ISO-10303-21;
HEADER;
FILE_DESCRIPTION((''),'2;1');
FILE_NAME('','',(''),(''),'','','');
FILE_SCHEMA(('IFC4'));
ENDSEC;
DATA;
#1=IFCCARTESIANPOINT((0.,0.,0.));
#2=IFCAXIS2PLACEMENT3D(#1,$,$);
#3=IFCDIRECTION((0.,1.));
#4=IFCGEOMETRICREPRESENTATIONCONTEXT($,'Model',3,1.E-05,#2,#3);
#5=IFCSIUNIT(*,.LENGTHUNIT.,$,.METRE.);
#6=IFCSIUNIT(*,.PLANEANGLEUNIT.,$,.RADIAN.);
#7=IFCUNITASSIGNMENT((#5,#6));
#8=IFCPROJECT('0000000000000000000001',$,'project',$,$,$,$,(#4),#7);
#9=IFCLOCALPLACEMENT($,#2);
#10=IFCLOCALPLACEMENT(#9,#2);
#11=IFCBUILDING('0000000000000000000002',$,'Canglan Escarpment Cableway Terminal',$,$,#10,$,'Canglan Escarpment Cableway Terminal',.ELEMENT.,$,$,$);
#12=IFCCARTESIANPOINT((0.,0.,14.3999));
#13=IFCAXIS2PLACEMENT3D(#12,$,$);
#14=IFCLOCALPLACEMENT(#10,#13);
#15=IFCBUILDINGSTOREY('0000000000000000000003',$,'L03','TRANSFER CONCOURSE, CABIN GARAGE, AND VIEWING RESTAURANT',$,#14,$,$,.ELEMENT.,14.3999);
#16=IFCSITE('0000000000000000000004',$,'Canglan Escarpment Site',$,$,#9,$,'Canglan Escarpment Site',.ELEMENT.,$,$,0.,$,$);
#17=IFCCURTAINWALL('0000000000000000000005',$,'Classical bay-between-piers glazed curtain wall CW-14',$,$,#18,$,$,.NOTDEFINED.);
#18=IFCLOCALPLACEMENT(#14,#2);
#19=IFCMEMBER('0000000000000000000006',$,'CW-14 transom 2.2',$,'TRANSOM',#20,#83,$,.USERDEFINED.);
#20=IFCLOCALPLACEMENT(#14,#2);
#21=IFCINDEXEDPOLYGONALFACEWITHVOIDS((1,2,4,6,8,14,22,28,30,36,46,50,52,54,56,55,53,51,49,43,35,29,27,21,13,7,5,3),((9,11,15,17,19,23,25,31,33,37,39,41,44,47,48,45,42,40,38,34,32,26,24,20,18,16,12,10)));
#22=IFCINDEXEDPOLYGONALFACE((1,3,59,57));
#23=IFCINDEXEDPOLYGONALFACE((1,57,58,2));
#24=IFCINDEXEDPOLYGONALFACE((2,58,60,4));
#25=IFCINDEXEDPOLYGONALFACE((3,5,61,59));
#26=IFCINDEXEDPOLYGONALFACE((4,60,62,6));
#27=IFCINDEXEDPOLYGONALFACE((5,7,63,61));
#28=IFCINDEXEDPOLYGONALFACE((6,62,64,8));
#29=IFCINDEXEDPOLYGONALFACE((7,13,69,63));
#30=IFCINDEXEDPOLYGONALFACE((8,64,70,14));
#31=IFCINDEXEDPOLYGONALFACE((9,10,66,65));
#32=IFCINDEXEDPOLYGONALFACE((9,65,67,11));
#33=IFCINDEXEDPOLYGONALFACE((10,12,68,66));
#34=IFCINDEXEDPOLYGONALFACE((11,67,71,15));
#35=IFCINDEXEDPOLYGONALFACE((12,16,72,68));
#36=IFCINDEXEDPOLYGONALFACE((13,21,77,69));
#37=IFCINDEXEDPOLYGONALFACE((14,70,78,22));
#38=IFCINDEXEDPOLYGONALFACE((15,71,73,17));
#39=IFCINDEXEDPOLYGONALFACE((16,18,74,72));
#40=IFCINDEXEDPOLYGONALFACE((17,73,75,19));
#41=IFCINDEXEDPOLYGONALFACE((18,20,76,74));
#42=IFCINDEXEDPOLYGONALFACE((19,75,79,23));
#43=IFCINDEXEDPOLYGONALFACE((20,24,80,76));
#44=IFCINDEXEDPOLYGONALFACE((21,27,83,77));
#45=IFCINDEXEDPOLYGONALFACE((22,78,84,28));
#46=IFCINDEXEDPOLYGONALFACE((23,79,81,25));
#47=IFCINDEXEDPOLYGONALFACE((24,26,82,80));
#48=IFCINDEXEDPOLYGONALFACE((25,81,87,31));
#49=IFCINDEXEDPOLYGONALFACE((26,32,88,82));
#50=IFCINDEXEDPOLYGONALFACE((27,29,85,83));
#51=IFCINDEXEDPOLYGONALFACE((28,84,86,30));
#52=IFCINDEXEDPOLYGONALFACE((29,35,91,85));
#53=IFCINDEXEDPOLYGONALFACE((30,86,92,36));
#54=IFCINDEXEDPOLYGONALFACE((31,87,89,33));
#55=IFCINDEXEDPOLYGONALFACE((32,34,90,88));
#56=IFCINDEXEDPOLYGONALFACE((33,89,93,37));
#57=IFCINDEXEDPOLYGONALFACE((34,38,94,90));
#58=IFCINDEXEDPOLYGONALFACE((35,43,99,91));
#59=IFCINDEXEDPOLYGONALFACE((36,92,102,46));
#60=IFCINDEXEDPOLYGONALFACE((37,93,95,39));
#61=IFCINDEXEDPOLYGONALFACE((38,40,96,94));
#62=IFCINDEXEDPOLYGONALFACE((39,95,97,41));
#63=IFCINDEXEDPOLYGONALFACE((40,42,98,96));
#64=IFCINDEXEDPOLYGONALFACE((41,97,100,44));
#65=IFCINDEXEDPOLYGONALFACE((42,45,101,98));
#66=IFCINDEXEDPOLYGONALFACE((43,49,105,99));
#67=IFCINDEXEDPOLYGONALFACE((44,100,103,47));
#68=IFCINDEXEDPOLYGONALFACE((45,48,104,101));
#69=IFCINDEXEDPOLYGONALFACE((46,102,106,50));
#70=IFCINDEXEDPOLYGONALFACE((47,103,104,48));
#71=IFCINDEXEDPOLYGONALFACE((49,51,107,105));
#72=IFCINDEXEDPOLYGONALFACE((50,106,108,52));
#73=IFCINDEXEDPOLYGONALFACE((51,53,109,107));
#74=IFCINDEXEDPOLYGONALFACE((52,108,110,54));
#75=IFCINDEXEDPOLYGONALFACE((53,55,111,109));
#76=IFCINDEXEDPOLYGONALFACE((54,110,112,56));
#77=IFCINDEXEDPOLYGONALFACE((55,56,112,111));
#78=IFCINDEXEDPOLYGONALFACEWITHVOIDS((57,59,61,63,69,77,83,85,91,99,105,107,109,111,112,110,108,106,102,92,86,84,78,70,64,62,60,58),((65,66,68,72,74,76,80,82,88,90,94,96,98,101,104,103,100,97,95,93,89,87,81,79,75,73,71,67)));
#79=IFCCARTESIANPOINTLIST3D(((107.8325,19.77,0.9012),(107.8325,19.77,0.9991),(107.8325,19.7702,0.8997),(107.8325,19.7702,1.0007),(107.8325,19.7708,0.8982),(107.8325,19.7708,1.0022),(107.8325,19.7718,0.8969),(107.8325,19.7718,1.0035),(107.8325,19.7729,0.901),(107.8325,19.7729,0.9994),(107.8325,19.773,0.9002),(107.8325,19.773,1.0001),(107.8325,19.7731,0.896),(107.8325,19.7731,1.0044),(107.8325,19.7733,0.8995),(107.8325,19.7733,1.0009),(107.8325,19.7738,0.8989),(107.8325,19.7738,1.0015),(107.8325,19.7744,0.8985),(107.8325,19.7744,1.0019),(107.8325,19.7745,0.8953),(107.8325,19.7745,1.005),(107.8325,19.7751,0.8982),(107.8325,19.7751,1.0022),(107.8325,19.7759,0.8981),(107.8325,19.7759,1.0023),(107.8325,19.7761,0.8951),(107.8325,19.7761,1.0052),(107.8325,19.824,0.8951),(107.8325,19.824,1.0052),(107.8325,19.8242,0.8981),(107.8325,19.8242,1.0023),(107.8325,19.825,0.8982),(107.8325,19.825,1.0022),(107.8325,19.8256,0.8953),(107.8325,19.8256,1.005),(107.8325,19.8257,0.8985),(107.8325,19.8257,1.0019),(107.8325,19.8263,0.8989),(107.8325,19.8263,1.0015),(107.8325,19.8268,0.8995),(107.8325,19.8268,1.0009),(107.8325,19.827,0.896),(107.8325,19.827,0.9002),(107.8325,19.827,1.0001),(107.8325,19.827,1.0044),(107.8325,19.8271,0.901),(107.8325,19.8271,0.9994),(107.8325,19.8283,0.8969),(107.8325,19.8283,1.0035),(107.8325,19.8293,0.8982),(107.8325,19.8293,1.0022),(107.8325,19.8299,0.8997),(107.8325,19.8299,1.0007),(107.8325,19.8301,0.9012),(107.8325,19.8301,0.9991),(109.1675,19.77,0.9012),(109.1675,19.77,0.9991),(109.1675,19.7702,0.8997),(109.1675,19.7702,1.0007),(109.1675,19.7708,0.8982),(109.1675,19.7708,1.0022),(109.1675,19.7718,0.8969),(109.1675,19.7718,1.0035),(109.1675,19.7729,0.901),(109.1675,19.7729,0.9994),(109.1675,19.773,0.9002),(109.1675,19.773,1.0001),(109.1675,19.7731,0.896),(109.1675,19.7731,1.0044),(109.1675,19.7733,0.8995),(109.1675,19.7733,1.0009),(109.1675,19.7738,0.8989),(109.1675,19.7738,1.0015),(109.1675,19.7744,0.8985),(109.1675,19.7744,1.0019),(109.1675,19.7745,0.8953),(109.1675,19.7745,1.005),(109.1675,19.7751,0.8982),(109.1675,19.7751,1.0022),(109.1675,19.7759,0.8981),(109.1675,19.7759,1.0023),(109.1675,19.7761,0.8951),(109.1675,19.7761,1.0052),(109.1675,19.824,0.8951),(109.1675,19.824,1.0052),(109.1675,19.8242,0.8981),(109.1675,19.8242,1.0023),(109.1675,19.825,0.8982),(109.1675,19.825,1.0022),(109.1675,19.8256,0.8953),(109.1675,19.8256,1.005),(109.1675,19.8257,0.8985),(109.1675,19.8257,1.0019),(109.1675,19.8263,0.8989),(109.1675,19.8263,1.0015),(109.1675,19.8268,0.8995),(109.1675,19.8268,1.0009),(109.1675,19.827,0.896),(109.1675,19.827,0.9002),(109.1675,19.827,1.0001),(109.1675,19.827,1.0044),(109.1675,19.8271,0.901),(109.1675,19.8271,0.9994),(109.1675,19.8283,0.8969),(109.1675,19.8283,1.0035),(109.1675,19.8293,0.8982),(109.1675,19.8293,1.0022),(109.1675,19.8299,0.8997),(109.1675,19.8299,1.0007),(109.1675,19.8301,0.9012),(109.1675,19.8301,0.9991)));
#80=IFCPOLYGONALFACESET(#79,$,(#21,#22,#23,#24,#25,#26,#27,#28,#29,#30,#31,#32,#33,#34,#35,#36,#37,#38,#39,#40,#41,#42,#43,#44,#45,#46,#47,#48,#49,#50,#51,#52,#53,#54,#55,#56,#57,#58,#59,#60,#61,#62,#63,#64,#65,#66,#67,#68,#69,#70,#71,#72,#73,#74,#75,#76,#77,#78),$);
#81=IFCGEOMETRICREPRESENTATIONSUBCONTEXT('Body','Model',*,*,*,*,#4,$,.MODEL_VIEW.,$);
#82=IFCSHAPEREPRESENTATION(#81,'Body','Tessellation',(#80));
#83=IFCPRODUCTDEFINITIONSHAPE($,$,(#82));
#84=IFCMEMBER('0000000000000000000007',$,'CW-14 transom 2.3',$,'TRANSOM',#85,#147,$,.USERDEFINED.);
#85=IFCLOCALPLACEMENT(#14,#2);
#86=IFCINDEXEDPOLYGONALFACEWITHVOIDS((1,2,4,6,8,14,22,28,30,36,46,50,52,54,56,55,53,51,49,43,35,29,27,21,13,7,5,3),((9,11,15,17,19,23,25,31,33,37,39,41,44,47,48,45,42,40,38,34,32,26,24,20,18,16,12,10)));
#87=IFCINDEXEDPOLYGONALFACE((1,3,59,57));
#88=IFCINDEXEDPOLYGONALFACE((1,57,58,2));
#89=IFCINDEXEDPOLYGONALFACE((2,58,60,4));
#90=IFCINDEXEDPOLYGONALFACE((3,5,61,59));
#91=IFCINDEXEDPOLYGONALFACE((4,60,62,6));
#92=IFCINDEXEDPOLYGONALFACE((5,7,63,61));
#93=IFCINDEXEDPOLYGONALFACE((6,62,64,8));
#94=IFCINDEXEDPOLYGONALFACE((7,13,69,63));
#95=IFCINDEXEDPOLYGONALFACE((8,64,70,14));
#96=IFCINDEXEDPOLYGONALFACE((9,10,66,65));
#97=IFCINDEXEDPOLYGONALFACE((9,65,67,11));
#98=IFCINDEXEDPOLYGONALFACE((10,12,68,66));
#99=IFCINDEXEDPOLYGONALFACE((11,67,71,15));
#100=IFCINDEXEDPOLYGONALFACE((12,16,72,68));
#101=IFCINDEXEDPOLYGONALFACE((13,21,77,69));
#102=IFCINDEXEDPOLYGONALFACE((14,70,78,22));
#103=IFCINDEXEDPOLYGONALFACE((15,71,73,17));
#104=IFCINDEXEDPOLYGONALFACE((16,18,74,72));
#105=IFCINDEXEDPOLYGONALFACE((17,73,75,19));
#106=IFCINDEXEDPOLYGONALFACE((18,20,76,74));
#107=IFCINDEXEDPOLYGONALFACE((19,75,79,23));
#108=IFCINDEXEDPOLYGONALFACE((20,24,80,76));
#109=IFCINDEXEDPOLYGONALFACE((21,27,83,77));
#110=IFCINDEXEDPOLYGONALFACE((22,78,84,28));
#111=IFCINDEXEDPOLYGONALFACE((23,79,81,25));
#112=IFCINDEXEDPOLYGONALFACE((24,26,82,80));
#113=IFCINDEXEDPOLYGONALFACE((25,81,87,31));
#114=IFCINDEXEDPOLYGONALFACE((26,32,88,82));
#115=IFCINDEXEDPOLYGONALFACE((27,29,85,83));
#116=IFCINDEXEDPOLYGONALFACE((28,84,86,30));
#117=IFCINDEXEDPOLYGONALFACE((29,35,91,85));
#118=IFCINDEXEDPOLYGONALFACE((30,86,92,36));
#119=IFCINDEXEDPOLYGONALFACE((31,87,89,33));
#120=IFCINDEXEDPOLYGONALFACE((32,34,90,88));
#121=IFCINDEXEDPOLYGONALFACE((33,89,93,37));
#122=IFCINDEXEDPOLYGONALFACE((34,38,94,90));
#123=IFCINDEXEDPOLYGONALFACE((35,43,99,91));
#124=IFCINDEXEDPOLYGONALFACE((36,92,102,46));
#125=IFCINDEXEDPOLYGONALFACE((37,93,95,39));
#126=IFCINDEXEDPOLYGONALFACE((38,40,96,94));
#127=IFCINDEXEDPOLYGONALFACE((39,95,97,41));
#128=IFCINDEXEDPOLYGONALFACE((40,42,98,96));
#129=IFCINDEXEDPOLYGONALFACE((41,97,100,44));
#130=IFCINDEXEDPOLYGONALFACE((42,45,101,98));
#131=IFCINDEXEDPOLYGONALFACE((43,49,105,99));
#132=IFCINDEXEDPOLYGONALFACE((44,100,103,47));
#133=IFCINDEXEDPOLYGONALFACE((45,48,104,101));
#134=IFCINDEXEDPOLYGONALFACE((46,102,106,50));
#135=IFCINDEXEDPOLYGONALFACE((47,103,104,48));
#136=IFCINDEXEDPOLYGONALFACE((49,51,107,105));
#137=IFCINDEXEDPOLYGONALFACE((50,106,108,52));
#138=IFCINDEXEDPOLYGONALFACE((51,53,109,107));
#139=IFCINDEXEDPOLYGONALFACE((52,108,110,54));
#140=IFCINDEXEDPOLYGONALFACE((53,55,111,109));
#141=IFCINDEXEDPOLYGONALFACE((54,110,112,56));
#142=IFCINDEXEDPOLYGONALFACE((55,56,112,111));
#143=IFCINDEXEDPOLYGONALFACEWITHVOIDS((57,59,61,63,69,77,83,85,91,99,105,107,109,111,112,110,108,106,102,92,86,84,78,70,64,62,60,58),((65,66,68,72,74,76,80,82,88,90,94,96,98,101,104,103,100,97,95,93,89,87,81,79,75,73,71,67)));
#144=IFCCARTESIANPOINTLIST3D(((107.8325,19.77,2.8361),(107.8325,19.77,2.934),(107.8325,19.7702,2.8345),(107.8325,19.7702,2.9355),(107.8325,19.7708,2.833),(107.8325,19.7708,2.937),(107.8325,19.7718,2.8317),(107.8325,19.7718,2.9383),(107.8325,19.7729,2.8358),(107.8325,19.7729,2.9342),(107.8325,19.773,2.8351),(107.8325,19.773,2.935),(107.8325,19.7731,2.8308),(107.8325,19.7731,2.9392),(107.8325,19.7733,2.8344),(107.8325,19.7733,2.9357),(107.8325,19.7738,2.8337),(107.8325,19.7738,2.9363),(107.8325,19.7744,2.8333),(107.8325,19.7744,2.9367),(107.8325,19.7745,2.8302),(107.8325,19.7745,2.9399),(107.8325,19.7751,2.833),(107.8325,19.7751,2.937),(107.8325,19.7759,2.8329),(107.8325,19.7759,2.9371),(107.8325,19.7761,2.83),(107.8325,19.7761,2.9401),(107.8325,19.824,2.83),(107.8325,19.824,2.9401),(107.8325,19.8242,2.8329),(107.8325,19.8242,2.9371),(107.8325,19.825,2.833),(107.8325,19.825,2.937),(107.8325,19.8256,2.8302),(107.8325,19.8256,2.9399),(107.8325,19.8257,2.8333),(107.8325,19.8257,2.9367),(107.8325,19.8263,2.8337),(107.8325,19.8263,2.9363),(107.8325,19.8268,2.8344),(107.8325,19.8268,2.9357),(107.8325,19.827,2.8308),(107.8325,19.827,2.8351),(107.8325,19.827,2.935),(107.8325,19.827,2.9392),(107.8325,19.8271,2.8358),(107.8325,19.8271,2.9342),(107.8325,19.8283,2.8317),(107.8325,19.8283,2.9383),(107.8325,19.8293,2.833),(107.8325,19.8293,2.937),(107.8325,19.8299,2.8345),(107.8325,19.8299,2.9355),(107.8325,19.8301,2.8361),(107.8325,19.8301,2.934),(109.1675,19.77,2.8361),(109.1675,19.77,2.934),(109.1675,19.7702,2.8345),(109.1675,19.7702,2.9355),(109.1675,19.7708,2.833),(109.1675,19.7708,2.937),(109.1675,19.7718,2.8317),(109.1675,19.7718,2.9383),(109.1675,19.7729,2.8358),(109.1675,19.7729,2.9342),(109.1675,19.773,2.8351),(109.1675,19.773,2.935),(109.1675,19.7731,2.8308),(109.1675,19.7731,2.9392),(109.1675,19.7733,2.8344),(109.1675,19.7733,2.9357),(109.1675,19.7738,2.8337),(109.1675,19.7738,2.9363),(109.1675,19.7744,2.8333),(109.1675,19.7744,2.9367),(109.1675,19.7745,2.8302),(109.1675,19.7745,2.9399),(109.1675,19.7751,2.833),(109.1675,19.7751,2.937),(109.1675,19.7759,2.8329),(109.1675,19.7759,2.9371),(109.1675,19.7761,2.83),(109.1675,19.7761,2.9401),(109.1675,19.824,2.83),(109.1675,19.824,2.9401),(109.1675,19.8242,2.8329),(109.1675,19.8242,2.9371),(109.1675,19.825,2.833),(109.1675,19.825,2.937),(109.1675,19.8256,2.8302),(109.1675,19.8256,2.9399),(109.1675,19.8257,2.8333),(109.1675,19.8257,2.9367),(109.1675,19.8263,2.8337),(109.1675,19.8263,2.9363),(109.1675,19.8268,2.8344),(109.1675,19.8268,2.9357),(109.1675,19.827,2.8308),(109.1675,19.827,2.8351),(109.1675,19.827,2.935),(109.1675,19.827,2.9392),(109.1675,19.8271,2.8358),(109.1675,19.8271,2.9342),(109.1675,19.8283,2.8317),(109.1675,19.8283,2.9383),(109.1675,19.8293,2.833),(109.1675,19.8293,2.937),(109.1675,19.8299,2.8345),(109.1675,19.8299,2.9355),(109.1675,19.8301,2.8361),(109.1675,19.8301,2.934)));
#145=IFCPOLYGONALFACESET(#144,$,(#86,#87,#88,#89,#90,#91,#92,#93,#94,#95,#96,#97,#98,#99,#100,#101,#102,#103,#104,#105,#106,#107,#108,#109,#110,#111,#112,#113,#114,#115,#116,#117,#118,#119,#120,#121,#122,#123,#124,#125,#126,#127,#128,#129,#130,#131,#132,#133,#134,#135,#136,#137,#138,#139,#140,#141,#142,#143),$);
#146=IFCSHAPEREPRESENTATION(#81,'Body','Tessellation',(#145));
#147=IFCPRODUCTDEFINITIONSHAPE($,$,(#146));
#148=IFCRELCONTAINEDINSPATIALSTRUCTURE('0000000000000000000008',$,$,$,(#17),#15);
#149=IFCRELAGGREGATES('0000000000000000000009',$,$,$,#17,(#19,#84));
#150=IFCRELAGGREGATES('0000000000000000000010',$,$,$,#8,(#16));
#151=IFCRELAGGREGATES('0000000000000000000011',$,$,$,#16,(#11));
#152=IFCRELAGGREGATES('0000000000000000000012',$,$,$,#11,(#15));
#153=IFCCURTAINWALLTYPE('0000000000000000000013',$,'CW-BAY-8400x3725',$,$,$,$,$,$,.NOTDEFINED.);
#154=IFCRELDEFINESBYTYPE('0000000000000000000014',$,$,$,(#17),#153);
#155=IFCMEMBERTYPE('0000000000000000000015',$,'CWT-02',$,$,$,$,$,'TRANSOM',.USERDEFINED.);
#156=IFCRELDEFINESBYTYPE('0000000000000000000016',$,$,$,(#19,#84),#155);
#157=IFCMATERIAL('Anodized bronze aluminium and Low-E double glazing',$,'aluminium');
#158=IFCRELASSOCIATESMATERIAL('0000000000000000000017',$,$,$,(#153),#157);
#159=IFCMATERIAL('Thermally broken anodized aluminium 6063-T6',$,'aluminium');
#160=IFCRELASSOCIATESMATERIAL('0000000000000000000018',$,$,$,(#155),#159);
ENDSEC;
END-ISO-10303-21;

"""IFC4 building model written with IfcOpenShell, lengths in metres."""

from ifc_helpers import new_model, si_unit, direction, frame, origin, origin_2d, place, context, subcontext, project, spatial, hollow_rectangle, extrude, material, material_profile, profile_set, type_object, element, aggregate, save


model = new_model("IFC4")

# Units and contexts
model_context = context("Model", 3, precision=1e-05, world=origin(), true_north=direction((0.0, 1.0)))
body_context = subcontext(model_context, "Body", "Model", "MODEL_VIEW")
ifc_project = project(units=[si_unit("LENGTHUNIT", "METRE"), si_unit("PLANEANGLEUNIT", "RADIAN")], contexts=[model_context])

# Site, building, storey
site_placement = place(None, origin())
site = spatial("IfcSite", under=ifc_project, at=site_placement, Name="Canglan Escarpment Site", LongName="Canglan Escarpment Site", CompositionType="ELEMENT", RefElevation=0.0)
building_placement = place(site_placement, origin())
building = spatial("IfcBuilding", under=site, at=building_placement, Name="Canglan Escarpment Cableway Terminal", LongName="Canglan Escarpment Cableway Terminal", CompositionType="ELEMENT")
storey_placement = place(building_placement, frame((0.0, 0.0, 14.3999)))
storey = spatial("IfcBuildingStorey", under=building, at=storey_placement, Name="L03", Description="TRANSFER CONCOURSE, CABIN GARAGE, AND VIEWING RESTAURANT", CompositionType="ELEMENT", Elevation=14.3999)

# Curtain wall, members
ifc_material_1 = material(Name="Anodized bronze aluminium and Low-E double glazing", Category="aluminium")
curtain_wall_type = type_object("IfcCurtainWallType", Name="CW-BAY-8400x3725", PredefinedType="NOTDEFINED", material=ifc_material_1)
curtain_wall_placement = place(storey_placement, origin())
curtain_wall = element("IfcCurtainWall", 1, at=curtain_wall_placement, inside=storey, type_object=curtain_wall_type, Name="Classical bay-between-piers glazed curtain wall CW-14", PredefinedType="NOTDEFINED")
ifc_material_2 = material(Name="Thermally broken anodized aluminium 6063-T6", Category="aluminium")
ifc_material_profile_1 = material_profile(ifc_material_2, hollow_rectangle(XDim=0.0601, YDim=0.1101, WallThickness=0.0029, InnerFilletRadius=0.0029, OuterFilletRadius=0.0061, at=origin_2d()), Name="ALU-TRAN 60x110x3")
ifc_profile_set_1 = profile_set([ifc_material_profile_1], Name="Thermally broken anodized aluminium 6063-T6")
member_type_1 = type_object("IfcMemberType", Name="CWT-02", ElementType="TRANSOM", PredefinedType="USERDEFINED", material=ifc_profile_set_1)
member_1_placement = place(storey_placement, frame((109.1675, 19.8, 0.9502), z_axis=(-1.0, 0.0, 0.0), x_axis=(0.0, -1.0, 0.0)))
member_1 = element("IfcMember", 2, at=member_1_placement, type_object=member_type_1, Name="CW-14 transom 2.2", ObjectType="TRANSOM", PredefinedType="USERDEFINED", context=body_context, shape_type="SweptSolid", body=[
    extrude(hollow_rectangle(XDim=0.0601, YDim=0.1101, WallThickness=0.0029, InnerFilletRadius=0.0029, OuterFilletRadius=0.0061, at=origin_2d()), origin(), (0.0, 0.0, 1.0), 1.335),
])
member_2_placement = place(storey_placement, frame((109.1675, 19.8, 2.885), z_axis=(-1.0, 0.0, 0.0), x_axis=(0.0, -1.0, 0.0)))
member_2 = element("IfcMember", 3, at=member_2_placement, type_object=member_type_1, Name="CW-14 transom 2.3", ObjectType="TRANSOM", PredefinedType="USERDEFINED", context=body_context, shape_type="SweptSolid", body=[
    extrude(hollow_rectangle(XDim=0.0601, YDim=0.1101, WallThickness=0.0029, InnerFilletRadius=0.0029, OuterFilletRadius=0.0061, at=origin_2d()), origin(), (0.0, 0.0, 1.0), 1.335),
])
aggregate(curtain_wall, [member_1, member_2])

save(model, "model.ifc")
